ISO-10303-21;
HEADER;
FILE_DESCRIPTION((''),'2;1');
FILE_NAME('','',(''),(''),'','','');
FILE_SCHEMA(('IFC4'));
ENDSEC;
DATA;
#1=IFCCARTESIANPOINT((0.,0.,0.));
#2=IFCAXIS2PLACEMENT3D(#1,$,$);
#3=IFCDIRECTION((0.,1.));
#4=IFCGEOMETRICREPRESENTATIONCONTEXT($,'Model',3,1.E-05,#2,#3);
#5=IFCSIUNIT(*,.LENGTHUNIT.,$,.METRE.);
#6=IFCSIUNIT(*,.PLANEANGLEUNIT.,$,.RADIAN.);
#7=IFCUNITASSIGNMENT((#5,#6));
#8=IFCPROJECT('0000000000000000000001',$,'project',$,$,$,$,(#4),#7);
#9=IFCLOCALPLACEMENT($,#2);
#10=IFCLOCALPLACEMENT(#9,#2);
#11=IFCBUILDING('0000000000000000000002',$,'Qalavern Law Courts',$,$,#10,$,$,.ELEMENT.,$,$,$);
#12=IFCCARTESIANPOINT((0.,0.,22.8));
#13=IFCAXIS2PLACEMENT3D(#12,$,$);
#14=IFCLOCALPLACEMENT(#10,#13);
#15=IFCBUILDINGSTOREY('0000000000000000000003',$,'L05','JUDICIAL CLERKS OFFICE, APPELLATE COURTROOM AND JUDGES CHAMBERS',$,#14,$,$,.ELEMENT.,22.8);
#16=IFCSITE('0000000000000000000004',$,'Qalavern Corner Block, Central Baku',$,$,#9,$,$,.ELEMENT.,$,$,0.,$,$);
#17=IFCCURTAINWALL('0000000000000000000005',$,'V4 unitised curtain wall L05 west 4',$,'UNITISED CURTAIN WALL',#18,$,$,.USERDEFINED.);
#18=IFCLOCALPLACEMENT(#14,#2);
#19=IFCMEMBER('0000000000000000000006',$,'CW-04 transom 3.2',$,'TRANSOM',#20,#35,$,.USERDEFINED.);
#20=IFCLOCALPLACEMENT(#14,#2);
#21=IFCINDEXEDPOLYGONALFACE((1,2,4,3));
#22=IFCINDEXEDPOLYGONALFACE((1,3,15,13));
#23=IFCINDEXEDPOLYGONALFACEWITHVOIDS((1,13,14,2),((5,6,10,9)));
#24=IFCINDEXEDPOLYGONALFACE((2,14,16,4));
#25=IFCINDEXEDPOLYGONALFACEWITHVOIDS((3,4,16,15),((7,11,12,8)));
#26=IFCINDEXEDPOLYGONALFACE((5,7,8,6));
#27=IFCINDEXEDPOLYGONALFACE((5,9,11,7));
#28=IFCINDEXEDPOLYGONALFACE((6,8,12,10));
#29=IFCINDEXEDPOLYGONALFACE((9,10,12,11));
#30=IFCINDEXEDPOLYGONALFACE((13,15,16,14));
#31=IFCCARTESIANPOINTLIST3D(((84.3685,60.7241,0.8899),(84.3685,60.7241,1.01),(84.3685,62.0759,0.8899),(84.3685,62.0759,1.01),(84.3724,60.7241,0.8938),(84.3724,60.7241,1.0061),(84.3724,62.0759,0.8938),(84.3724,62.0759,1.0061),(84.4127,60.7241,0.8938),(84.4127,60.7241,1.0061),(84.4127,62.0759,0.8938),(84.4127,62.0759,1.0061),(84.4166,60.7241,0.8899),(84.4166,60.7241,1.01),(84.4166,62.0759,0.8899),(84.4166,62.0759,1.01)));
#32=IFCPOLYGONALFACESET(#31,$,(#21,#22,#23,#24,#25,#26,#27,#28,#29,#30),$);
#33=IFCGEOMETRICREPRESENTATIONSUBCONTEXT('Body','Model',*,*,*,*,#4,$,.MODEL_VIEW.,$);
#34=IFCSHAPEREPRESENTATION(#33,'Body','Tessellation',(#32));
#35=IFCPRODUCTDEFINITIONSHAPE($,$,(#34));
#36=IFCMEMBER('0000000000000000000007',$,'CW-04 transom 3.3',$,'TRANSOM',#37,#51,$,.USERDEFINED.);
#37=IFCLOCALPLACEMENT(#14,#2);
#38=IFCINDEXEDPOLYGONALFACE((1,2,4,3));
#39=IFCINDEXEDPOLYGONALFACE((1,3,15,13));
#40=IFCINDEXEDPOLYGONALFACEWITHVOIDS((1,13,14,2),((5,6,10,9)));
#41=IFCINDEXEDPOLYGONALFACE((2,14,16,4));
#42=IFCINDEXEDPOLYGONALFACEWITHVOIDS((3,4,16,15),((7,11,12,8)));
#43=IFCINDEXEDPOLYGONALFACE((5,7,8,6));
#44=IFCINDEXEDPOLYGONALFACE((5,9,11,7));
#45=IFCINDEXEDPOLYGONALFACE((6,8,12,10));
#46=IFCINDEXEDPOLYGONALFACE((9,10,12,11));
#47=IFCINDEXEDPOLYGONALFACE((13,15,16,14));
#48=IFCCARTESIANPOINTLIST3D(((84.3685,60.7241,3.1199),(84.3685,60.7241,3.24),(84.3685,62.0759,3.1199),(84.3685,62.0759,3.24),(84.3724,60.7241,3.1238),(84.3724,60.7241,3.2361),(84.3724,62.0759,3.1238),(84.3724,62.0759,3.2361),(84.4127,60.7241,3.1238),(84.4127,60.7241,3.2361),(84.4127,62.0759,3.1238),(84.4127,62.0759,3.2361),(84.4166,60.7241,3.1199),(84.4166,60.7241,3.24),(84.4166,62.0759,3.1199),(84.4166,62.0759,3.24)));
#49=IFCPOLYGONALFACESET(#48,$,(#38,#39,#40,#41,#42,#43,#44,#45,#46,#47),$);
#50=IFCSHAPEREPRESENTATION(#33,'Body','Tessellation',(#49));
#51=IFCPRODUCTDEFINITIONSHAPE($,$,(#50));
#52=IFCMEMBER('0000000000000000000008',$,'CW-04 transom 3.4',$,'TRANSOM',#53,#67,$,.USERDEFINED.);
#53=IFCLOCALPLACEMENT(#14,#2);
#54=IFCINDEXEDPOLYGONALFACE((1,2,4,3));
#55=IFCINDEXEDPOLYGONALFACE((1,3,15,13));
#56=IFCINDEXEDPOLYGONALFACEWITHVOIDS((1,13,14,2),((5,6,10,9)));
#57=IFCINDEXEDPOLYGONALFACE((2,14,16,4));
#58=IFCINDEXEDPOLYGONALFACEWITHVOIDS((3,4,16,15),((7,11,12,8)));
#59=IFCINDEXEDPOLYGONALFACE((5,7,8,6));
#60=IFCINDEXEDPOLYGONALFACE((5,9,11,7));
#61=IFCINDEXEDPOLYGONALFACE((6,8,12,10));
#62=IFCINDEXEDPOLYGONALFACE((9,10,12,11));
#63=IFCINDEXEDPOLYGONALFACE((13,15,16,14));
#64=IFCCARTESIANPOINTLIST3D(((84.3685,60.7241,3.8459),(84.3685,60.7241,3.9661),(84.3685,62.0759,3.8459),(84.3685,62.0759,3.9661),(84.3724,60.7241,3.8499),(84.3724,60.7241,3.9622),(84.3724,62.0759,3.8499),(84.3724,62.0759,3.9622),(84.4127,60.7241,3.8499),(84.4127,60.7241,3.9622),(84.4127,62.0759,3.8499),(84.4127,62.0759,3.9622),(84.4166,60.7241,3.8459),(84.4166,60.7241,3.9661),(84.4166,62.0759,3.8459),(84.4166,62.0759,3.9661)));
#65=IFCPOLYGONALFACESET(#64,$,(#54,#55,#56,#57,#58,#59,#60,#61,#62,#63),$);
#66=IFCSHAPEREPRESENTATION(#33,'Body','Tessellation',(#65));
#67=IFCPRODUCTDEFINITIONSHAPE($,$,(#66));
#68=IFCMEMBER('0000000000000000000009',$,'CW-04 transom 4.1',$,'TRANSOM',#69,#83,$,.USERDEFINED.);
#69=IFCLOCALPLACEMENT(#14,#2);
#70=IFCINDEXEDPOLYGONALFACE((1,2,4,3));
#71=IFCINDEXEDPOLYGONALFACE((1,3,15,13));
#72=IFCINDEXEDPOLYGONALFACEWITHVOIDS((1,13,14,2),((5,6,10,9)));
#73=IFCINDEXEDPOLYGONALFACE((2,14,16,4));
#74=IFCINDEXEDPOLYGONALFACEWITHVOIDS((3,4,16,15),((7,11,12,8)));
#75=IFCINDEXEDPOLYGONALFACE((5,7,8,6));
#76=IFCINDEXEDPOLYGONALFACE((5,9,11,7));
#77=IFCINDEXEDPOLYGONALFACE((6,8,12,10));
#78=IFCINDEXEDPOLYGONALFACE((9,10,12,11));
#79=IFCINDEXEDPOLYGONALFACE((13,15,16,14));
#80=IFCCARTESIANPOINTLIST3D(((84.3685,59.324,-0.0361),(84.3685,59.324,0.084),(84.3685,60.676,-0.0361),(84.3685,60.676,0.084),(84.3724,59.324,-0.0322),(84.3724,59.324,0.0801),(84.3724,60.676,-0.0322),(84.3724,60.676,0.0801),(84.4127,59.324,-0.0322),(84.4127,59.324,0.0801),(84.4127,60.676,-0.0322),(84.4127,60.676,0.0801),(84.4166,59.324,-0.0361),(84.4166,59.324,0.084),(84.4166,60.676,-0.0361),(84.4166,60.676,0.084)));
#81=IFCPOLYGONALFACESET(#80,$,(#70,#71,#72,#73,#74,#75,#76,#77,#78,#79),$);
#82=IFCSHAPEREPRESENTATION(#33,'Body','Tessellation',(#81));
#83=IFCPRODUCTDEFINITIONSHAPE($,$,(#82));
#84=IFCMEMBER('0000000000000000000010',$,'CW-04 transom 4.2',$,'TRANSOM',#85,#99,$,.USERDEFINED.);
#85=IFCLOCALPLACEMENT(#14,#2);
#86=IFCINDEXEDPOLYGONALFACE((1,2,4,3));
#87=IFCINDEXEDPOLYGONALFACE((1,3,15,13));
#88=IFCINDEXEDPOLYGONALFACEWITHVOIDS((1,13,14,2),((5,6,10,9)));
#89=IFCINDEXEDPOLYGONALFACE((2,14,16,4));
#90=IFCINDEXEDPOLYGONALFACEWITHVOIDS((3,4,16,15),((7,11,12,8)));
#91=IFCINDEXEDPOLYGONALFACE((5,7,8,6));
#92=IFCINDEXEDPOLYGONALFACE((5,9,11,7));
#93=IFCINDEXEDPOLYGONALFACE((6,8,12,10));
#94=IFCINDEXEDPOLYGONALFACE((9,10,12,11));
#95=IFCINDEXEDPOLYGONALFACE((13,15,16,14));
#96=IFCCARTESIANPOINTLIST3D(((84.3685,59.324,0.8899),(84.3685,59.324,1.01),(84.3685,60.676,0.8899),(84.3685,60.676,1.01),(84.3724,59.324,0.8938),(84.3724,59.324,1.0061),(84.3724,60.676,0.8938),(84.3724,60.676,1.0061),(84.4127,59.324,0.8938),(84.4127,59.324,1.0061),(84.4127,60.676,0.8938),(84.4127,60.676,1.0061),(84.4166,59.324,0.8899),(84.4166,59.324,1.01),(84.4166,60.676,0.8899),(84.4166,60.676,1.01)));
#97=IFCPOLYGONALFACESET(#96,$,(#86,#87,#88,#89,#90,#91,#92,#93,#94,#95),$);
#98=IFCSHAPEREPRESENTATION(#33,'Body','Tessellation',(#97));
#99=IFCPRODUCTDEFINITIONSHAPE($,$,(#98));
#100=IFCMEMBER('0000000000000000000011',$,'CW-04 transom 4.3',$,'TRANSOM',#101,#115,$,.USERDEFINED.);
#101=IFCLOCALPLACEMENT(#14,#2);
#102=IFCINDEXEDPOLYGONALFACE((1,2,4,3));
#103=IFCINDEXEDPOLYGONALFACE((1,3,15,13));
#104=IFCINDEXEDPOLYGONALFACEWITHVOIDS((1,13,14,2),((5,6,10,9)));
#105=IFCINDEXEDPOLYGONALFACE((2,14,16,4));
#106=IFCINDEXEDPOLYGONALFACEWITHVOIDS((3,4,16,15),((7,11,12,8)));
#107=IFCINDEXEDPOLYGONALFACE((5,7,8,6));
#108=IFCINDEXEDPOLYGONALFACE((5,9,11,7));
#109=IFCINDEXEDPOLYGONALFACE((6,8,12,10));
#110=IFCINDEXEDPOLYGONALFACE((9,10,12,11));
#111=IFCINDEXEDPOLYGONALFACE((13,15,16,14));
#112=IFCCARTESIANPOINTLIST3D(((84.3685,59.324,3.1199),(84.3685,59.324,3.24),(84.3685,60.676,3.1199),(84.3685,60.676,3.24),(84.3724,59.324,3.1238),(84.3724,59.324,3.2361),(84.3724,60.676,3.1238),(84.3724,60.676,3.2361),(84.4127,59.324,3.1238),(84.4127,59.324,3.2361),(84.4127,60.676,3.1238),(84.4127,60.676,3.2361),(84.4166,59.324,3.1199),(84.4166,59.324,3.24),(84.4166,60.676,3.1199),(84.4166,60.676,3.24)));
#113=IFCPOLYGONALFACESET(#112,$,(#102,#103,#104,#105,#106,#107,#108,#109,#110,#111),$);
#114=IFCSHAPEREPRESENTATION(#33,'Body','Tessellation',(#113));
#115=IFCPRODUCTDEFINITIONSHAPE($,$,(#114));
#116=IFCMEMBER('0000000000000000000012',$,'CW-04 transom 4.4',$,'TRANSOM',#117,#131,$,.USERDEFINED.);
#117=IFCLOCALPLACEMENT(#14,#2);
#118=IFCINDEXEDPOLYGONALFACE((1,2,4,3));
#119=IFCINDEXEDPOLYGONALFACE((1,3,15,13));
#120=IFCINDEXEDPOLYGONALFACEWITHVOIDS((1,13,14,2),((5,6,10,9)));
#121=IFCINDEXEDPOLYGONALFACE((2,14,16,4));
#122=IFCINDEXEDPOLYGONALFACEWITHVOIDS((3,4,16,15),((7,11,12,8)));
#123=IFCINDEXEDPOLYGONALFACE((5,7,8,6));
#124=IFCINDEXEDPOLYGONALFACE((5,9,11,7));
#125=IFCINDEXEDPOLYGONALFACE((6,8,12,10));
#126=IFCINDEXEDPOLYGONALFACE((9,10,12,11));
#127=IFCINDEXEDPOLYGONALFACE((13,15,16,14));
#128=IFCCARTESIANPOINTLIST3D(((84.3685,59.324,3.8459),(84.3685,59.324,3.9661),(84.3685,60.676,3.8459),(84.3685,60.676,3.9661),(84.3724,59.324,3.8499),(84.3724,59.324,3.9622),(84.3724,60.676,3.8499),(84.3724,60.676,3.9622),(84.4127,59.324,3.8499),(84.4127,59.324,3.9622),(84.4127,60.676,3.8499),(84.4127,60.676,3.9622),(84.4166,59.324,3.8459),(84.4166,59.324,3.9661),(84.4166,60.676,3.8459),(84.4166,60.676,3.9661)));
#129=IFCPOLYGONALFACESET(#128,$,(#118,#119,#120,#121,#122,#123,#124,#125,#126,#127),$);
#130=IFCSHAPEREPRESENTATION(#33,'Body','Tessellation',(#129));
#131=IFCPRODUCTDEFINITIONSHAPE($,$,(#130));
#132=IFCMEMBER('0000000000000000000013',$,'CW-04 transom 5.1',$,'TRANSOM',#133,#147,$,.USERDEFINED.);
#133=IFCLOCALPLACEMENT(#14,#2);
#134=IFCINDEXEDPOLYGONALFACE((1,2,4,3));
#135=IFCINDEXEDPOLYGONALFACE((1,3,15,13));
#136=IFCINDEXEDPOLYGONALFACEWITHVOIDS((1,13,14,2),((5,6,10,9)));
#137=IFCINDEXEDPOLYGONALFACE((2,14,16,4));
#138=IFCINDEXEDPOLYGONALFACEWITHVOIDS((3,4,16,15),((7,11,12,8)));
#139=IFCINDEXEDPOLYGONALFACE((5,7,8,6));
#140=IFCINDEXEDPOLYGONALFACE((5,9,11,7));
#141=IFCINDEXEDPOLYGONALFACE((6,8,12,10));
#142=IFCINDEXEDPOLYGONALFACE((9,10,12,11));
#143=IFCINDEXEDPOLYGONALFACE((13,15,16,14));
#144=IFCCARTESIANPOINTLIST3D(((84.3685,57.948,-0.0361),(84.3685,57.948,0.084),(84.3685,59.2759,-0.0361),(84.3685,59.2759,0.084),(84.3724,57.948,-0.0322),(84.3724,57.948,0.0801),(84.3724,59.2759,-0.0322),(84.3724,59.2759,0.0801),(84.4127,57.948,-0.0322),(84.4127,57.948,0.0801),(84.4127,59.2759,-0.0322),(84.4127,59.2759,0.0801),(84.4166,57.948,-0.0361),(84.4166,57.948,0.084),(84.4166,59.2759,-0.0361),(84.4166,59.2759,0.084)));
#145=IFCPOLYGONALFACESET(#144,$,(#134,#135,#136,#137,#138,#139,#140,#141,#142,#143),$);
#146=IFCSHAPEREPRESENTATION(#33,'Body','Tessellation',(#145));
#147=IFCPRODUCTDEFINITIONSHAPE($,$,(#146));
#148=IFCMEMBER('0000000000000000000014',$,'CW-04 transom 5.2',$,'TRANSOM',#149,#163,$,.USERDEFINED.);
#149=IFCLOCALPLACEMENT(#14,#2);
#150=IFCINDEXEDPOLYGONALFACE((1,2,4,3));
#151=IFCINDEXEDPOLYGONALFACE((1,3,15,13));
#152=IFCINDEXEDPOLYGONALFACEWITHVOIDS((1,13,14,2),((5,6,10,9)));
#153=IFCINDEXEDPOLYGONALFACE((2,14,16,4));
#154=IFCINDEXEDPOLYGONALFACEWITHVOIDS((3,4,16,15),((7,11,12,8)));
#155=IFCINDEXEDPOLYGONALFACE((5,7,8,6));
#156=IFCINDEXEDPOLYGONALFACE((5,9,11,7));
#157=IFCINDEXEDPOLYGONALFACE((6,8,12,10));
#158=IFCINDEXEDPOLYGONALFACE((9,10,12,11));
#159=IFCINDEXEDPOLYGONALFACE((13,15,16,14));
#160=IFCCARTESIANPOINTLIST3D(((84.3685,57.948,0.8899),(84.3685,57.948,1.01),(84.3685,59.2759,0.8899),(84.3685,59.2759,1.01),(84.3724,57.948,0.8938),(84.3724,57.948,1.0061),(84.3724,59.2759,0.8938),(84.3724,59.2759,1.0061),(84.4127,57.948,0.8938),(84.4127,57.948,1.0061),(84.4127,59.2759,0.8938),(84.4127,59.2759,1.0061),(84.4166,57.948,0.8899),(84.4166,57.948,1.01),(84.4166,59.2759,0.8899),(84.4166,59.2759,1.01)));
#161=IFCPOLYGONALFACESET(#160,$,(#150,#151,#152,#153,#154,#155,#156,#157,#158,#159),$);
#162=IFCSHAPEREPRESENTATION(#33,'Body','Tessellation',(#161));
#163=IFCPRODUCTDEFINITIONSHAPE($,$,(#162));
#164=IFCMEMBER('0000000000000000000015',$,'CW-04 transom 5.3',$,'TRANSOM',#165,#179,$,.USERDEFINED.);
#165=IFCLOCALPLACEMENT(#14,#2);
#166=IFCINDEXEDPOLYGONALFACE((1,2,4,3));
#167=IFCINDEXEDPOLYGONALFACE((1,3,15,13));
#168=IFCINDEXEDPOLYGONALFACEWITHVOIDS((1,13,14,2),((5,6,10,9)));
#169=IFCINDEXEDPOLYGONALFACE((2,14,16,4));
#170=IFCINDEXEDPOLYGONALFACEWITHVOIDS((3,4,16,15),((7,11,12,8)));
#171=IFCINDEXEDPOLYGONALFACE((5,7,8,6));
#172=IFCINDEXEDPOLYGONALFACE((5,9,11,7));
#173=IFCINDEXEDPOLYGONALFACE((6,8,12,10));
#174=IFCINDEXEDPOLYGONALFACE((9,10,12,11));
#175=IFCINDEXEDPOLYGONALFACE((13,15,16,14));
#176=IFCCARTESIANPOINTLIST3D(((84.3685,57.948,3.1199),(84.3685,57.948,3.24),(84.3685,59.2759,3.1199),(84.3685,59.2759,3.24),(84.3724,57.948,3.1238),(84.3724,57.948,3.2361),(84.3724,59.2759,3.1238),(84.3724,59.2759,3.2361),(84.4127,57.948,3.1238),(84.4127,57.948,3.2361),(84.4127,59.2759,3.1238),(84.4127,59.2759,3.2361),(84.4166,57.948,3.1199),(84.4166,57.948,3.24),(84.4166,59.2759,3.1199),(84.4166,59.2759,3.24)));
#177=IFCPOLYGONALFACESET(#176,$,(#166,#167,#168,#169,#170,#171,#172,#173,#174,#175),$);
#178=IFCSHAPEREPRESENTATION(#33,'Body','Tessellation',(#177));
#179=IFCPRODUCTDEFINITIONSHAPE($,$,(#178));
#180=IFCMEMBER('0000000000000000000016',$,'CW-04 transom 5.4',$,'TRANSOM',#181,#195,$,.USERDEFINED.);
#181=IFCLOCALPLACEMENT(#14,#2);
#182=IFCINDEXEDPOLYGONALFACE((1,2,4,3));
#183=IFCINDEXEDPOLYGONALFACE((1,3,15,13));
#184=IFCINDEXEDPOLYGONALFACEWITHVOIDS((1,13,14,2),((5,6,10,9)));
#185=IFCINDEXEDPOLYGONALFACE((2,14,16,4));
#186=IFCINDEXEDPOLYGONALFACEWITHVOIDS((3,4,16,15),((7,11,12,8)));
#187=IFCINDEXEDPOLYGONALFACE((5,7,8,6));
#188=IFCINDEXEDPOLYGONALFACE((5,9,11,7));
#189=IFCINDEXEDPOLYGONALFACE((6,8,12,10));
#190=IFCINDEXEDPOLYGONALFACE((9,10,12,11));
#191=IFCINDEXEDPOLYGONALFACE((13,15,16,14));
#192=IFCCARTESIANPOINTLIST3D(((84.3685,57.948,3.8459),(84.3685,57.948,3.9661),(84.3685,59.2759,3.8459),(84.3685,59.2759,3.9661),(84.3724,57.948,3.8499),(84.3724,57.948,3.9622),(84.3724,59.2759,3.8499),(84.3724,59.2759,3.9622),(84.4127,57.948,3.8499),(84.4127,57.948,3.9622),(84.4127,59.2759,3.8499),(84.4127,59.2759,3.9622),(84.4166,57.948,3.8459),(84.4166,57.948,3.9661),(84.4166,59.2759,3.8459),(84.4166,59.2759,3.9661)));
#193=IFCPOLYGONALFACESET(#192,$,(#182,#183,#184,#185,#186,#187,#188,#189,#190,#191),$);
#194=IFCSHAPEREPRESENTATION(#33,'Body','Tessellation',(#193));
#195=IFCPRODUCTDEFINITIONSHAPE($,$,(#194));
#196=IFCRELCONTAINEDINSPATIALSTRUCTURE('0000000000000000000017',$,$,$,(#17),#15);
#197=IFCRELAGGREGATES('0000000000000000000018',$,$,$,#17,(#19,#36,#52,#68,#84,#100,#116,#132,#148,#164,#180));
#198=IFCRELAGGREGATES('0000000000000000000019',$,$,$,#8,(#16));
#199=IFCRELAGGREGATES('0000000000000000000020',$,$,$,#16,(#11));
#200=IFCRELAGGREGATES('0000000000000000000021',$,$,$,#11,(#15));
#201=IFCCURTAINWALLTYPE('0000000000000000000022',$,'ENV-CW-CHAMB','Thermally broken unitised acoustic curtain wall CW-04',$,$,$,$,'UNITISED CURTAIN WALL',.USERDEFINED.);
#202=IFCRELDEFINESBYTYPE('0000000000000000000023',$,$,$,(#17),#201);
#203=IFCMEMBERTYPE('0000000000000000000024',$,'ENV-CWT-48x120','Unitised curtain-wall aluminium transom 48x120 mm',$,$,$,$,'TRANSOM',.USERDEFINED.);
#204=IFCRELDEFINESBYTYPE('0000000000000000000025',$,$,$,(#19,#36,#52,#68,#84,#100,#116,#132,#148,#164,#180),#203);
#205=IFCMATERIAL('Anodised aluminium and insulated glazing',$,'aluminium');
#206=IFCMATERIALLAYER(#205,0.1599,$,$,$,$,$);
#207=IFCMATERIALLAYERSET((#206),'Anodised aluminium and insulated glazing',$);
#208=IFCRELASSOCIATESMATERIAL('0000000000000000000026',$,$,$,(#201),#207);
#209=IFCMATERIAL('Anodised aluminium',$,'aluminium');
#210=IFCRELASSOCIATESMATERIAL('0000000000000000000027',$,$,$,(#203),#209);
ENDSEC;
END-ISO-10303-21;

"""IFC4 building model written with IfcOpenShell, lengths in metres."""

from ifc_helpers import new_model, si_unit, direction, frame, origin, origin_2d, place, context, subcontext, project, spatial, hollow_rectangle, extrude, material, layer, layer_set, material_profile, profile_set, type_object, element, aggregate, save


model = new_model("IFC4")

# Units and contexts
model_context = context("Model", 3, precision=1e-05, world=origin(), true_north=direction((0.0, 1.0)))
body_context = subcontext(model_context, "Body", "Model", "MODEL_VIEW")
ifc_project = project(units=[si_unit("LENGTHUNIT", "METRE"), si_unit("PLANEANGLEUNIT", "RADIAN")], contexts=[model_context])

# Site, building, storey
site_placement = place(None, origin())
site = spatial("IfcSite", under=ifc_project, at=site_placement, Name="Qalavern Corner Block, Central Baku", CompositionType="ELEMENT", RefElevation=0.0)
building_placement = place(site_placement, origin())
building = spatial("IfcBuilding", under=site, at=building_placement, Name="Qalavern Law Courts", CompositionType="ELEMENT")
storey_placement = place(building_placement, frame((0.0, 0.0, 22.8)))
storey = spatial("IfcBuildingStorey", under=building, at=storey_placement, Name="L05", Description="JUDICIAL CLERKS OFFICE, APPELLATE COURTROOM AND JUDGES CHAMBERS", CompositionType="ELEMENT", Elevation=22.8)

# Curtain wall
ifc_material_1 = material(Name="Anodised aluminium and insulated glazing", Category="aluminium")
ifc_layer_1 = layer(ifc_material_1, 0.1599)
ifc_layer_set_1 = layer_set([ifc_layer_1], Name="Anodised aluminium and insulated glazing")
curtain_wall_type = type_object("IfcCurtainWallType", Name="ENV-CW-CHAMB", Description="Thermally broken unitised acoustic curtain wall CW-04", ElementType="UNITISED CURTAIN WALL", PredefinedType="USERDEFINED", material=ifc_layer_set_1)
curtain_wall_1_placement = place(storey_placement, origin())
curtain_wall_1 = element("IfcCurtainWall", 1, at=curtain_wall_1_placement, inside=storey, type_object=curtain_wall_type, Name="V4 unitised curtain wall L05 west 4", ObjectType="UNITISED CURTAIN WALL", PredefinedType="USERDEFINED")
ifc_material_2 = material(Name="Anodised aluminium", Category="aluminium")

# Members
ifc_material_profile_1 = material_profile(ifc_material_2, hollow_rectangle(XDim=0.0481, YDim=0.1201, WallThickness=0.0039, at=origin_2d()), Name="ALU TRANSOM 48x120")
ifc_profile_set_1 = profile_set([ifc_material_profile_1], Name="Anodised aluminium")
member_type_1 = type_object("IfcMemberType", Name="ENV-CWT-48x120", Description="Unitised curtain-wall aluminium transom 48x120 mm", ElementType="TRANSOM", PredefinedType="USERDEFINED", material=ifc_profile_set_1)
member_1_placement = place(storey_placement, frame((84.3926, 62.0759, 0.95), z_axis=(0.0, -1.0, 0.0), x_axis=(1.0, 0.0, 0.0)))
member_1 = element("IfcMember", 2, at=member_1_placement, type_object=member_type_1, Name="CW-04 transom 3.2", ObjectType="TRANSOM", PredefinedType="USERDEFINED", context=body_context, shape_type="SweptSolid", body=[
    extrude(hollow_rectangle(XDim=0.0481, YDim=0.1201, WallThickness=0.0039, at=origin_2d()), origin(), (0.0, 0.0, 1.0), 1.3518),
])
member_2_placement = place(storey_placement, frame((84.3926, 62.0759, 3.1799), z_axis=(0.0, -1.0, 0.0), x_axis=(1.0, 0.0, 0.0)))
member_2 = element("IfcMember", 3, at=member_2_placement, type_object=member_type_1, Name="CW-04 transom 3.3", ObjectType="TRANSOM", PredefinedType="USERDEFINED", context=body_context, shape_type="SweptSolid", body=[
    extrude(hollow_rectangle(XDim=0.0481, YDim=0.1201, WallThickness=0.0039, at=origin_2d()), origin(), (0.0, 0.0, 1.0), 1.3518),
])
member_3_placement = place(storey_placement, frame((84.3926, 62.0759, 3.906), z_axis=(0.0, -1.0, 0.0), x_axis=(1.0, 0.0, 0.0)))
member_3 = element("IfcMember", 4, at=member_3_placement, type_object=member_type_1, Name="CW-04 transom 3.4", ObjectType="TRANSOM", PredefinedType="USERDEFINED", context=body_context, shape_type="SweptSolid", body=[
    extrude(hollow_rectangle(XDim=0.0481, YDim=0.1201, WallThickness=0.0039, at=origin_2d()), origin(), (0.0, 0.0, 1.0), 1.3518),
])
member_4_placement = place(storey_placement, frame((84.3926, 60.676, 0.0239), z_axis=(0.0, -1.0, 0.0), x_axis=(1.0, 0.0, 0.0)))
member_4 = element("IfcMember", 5, at=member_4_placement, type_object=member_type_1, Name="CW-04 transom 4.1", ObjectType="TRANSOM", PredefinedType="USERDEFINED", context=body_context, shape_type="SweptSolid", body=[
    extrude(hollow_rectangle(XDim=0.0481, YDim=0.1201, WallThickness=0.0039, at=origin_2d()), origin(), (0.0, 0.0, 1.0), 1.3521),
])
member_5_placement = place(storey_placement, frame((84.3926, 60.676, 0.95), z_axis=(0.0, -1.0, 0.0), x_axis=(1.0, 0.0, 0.0)))
member_5 = element("IfcMember", 6, at=member_5_placement, type_object=member_type_1, Name="CW-04 transom 4.2", ObjectType="TRANSOM", PredefinedType="USERDEFINED", context=body_context, shape_type="SweptSolid", body=[
    extrude(hollow_rectangle(XDim=0.0481, YDim=0.1201, WallThickness=0.0039, at=origin_2d()), origin(), (0.0, 0.0, 1.0), 1.3521),
])
member_6_placement = place(storey_placement, frame((84.3926, 60.676, 3.1799), z_axis=(0.0, -1.0, 0.0), x_axis=(1.0, 0.0, 0.0)))
member_6 = element("IfcMember", 7, at=member_6_placement, type_object=member_type_1, Name="CW-04 transom 4.3", ObjectType="TRANSOM", PredefinedType="USERDEFINED", context=body_context, shape_type="SweptSolid", body=[
    extrude(hollow_rectangle(XDim=0.0481, YDim=0.1201, WallThickness=0.0039, at=origin_2d()), origin(), (0.0, 0.0, 1.0), 1.3521),
])
member_7_placement = place(storey_placement, frame((84.3926, 60.676, 3.906), z_axis=(0.0, -1.0, 0.0), x_axis=(1.0, 0.0, 0.0)))
member_7 = element("IfcMember", 8, at=member_7_placement, type_object=member_type_1, Name="CW-04 transom 4.4", ObjectType="TRANSOM", PredefinedType="USERDEFINED", context=body_context, shape_type="SweptSolid", body=[
    extrude(hollow_rectangle(XDim=0.0481, YDim=0.1201, WallThickness=0.0039, at=origin_2d()), origin(), (0.0, 0.0, 1.0), 1.3521),
])
member_8_placement = place(storey_placement, frame((84.3926, 59.2759, 0.0239), z_axis=(0.0, -1.0, 0.0), x_axis=(1.0, 0.0, 0.0)))
member_8 = element("IfcMember", 9, at=member_8_placement, type_object=member_type_1, Name="CW-04 transom 5.1", ObjectType="TRANSOM", PredefinedType="USERDEFINED", context=body_context, shape_type="SweptSolid", body=[
    extrude(hollow_rectangle(XDim=0.0481, YDim=0.1201, WallThickness=0.0039, at=origin_2d()), origin(), (0.0, 0.0, 1.0), 1.3279),
])
member_9_placement = place(storey_placement, frame((84.3926, 59.2759, 0.95), z_axis=(0.0, -1.0, 0.0), x_axis=(1.0, 0.0, 0.0)))
member_9 = element("IfcMember", 10, at=member_9_placement, type_object=member_type_1, Name="CW-04 transom 5.2", ObjectType="TRANSOM", PredefinedType="USERDEFINED", context=body_context, shape_type="SweptSolid", body=[
    extrude(hollow_rectangle(XDim=0.0481, YDim=0.1201, WallThickness=0.0039, at=origin_2d()), origin(), (0.0, 0.0, 1.0), 1.3279),
])
member_10_placement = place(storey_placement, frame((84.3926, 59.2759, 3.1799), z_axis=(0.0, -1.0, 0.0), x_axis=(1.0, 0.0, 0.0)))
member_10 = element("IfcMember", 11, at=member_10_placement, type_object=member_type_1, Name="CW-04 transom 5.3", ObjectType="TRANSOM", PredefinedType="USERDEFINED", context=body_context, shape_type="SweptSolid", body=[
    extrude(hollow_rectangle(XDim=0.0481, YDim=0.1201, WallThickness=0.0039, at=origin_2d()), origin(), (0.0, 0.0, 1.0), 1.3279),
])
member_11_placement = place(storey_placement, frame((84.3926, 59.2759, 3.906), z_axis=(0.0, -1.0, 0.0), x_axis=(1.0, 0.0, 0.0)))
member_11 = element("IfcMember", 12, at=member_11_placement, type_object=member_type_1, Name="CW-04 transom 5.4", ObjectType="TRANSOM", PredefinedType="USERDEFINED", context=body_context, shape_type="SweptSolid", body=[
    extrude(hollow_rectangle(XDim=0.0481, YDim=0.1201, WallThickness=0.0039, at=origin_2d()), origin(), (0.0, 0.0, 1.0), 1.3279),
])

aggregate(curtain_wall_1, [member_1, member_2, member_3, member_4, member_5, member_6, member_7, member_8, member_9, member_10, member_11])

save(model, "model.ifc")
